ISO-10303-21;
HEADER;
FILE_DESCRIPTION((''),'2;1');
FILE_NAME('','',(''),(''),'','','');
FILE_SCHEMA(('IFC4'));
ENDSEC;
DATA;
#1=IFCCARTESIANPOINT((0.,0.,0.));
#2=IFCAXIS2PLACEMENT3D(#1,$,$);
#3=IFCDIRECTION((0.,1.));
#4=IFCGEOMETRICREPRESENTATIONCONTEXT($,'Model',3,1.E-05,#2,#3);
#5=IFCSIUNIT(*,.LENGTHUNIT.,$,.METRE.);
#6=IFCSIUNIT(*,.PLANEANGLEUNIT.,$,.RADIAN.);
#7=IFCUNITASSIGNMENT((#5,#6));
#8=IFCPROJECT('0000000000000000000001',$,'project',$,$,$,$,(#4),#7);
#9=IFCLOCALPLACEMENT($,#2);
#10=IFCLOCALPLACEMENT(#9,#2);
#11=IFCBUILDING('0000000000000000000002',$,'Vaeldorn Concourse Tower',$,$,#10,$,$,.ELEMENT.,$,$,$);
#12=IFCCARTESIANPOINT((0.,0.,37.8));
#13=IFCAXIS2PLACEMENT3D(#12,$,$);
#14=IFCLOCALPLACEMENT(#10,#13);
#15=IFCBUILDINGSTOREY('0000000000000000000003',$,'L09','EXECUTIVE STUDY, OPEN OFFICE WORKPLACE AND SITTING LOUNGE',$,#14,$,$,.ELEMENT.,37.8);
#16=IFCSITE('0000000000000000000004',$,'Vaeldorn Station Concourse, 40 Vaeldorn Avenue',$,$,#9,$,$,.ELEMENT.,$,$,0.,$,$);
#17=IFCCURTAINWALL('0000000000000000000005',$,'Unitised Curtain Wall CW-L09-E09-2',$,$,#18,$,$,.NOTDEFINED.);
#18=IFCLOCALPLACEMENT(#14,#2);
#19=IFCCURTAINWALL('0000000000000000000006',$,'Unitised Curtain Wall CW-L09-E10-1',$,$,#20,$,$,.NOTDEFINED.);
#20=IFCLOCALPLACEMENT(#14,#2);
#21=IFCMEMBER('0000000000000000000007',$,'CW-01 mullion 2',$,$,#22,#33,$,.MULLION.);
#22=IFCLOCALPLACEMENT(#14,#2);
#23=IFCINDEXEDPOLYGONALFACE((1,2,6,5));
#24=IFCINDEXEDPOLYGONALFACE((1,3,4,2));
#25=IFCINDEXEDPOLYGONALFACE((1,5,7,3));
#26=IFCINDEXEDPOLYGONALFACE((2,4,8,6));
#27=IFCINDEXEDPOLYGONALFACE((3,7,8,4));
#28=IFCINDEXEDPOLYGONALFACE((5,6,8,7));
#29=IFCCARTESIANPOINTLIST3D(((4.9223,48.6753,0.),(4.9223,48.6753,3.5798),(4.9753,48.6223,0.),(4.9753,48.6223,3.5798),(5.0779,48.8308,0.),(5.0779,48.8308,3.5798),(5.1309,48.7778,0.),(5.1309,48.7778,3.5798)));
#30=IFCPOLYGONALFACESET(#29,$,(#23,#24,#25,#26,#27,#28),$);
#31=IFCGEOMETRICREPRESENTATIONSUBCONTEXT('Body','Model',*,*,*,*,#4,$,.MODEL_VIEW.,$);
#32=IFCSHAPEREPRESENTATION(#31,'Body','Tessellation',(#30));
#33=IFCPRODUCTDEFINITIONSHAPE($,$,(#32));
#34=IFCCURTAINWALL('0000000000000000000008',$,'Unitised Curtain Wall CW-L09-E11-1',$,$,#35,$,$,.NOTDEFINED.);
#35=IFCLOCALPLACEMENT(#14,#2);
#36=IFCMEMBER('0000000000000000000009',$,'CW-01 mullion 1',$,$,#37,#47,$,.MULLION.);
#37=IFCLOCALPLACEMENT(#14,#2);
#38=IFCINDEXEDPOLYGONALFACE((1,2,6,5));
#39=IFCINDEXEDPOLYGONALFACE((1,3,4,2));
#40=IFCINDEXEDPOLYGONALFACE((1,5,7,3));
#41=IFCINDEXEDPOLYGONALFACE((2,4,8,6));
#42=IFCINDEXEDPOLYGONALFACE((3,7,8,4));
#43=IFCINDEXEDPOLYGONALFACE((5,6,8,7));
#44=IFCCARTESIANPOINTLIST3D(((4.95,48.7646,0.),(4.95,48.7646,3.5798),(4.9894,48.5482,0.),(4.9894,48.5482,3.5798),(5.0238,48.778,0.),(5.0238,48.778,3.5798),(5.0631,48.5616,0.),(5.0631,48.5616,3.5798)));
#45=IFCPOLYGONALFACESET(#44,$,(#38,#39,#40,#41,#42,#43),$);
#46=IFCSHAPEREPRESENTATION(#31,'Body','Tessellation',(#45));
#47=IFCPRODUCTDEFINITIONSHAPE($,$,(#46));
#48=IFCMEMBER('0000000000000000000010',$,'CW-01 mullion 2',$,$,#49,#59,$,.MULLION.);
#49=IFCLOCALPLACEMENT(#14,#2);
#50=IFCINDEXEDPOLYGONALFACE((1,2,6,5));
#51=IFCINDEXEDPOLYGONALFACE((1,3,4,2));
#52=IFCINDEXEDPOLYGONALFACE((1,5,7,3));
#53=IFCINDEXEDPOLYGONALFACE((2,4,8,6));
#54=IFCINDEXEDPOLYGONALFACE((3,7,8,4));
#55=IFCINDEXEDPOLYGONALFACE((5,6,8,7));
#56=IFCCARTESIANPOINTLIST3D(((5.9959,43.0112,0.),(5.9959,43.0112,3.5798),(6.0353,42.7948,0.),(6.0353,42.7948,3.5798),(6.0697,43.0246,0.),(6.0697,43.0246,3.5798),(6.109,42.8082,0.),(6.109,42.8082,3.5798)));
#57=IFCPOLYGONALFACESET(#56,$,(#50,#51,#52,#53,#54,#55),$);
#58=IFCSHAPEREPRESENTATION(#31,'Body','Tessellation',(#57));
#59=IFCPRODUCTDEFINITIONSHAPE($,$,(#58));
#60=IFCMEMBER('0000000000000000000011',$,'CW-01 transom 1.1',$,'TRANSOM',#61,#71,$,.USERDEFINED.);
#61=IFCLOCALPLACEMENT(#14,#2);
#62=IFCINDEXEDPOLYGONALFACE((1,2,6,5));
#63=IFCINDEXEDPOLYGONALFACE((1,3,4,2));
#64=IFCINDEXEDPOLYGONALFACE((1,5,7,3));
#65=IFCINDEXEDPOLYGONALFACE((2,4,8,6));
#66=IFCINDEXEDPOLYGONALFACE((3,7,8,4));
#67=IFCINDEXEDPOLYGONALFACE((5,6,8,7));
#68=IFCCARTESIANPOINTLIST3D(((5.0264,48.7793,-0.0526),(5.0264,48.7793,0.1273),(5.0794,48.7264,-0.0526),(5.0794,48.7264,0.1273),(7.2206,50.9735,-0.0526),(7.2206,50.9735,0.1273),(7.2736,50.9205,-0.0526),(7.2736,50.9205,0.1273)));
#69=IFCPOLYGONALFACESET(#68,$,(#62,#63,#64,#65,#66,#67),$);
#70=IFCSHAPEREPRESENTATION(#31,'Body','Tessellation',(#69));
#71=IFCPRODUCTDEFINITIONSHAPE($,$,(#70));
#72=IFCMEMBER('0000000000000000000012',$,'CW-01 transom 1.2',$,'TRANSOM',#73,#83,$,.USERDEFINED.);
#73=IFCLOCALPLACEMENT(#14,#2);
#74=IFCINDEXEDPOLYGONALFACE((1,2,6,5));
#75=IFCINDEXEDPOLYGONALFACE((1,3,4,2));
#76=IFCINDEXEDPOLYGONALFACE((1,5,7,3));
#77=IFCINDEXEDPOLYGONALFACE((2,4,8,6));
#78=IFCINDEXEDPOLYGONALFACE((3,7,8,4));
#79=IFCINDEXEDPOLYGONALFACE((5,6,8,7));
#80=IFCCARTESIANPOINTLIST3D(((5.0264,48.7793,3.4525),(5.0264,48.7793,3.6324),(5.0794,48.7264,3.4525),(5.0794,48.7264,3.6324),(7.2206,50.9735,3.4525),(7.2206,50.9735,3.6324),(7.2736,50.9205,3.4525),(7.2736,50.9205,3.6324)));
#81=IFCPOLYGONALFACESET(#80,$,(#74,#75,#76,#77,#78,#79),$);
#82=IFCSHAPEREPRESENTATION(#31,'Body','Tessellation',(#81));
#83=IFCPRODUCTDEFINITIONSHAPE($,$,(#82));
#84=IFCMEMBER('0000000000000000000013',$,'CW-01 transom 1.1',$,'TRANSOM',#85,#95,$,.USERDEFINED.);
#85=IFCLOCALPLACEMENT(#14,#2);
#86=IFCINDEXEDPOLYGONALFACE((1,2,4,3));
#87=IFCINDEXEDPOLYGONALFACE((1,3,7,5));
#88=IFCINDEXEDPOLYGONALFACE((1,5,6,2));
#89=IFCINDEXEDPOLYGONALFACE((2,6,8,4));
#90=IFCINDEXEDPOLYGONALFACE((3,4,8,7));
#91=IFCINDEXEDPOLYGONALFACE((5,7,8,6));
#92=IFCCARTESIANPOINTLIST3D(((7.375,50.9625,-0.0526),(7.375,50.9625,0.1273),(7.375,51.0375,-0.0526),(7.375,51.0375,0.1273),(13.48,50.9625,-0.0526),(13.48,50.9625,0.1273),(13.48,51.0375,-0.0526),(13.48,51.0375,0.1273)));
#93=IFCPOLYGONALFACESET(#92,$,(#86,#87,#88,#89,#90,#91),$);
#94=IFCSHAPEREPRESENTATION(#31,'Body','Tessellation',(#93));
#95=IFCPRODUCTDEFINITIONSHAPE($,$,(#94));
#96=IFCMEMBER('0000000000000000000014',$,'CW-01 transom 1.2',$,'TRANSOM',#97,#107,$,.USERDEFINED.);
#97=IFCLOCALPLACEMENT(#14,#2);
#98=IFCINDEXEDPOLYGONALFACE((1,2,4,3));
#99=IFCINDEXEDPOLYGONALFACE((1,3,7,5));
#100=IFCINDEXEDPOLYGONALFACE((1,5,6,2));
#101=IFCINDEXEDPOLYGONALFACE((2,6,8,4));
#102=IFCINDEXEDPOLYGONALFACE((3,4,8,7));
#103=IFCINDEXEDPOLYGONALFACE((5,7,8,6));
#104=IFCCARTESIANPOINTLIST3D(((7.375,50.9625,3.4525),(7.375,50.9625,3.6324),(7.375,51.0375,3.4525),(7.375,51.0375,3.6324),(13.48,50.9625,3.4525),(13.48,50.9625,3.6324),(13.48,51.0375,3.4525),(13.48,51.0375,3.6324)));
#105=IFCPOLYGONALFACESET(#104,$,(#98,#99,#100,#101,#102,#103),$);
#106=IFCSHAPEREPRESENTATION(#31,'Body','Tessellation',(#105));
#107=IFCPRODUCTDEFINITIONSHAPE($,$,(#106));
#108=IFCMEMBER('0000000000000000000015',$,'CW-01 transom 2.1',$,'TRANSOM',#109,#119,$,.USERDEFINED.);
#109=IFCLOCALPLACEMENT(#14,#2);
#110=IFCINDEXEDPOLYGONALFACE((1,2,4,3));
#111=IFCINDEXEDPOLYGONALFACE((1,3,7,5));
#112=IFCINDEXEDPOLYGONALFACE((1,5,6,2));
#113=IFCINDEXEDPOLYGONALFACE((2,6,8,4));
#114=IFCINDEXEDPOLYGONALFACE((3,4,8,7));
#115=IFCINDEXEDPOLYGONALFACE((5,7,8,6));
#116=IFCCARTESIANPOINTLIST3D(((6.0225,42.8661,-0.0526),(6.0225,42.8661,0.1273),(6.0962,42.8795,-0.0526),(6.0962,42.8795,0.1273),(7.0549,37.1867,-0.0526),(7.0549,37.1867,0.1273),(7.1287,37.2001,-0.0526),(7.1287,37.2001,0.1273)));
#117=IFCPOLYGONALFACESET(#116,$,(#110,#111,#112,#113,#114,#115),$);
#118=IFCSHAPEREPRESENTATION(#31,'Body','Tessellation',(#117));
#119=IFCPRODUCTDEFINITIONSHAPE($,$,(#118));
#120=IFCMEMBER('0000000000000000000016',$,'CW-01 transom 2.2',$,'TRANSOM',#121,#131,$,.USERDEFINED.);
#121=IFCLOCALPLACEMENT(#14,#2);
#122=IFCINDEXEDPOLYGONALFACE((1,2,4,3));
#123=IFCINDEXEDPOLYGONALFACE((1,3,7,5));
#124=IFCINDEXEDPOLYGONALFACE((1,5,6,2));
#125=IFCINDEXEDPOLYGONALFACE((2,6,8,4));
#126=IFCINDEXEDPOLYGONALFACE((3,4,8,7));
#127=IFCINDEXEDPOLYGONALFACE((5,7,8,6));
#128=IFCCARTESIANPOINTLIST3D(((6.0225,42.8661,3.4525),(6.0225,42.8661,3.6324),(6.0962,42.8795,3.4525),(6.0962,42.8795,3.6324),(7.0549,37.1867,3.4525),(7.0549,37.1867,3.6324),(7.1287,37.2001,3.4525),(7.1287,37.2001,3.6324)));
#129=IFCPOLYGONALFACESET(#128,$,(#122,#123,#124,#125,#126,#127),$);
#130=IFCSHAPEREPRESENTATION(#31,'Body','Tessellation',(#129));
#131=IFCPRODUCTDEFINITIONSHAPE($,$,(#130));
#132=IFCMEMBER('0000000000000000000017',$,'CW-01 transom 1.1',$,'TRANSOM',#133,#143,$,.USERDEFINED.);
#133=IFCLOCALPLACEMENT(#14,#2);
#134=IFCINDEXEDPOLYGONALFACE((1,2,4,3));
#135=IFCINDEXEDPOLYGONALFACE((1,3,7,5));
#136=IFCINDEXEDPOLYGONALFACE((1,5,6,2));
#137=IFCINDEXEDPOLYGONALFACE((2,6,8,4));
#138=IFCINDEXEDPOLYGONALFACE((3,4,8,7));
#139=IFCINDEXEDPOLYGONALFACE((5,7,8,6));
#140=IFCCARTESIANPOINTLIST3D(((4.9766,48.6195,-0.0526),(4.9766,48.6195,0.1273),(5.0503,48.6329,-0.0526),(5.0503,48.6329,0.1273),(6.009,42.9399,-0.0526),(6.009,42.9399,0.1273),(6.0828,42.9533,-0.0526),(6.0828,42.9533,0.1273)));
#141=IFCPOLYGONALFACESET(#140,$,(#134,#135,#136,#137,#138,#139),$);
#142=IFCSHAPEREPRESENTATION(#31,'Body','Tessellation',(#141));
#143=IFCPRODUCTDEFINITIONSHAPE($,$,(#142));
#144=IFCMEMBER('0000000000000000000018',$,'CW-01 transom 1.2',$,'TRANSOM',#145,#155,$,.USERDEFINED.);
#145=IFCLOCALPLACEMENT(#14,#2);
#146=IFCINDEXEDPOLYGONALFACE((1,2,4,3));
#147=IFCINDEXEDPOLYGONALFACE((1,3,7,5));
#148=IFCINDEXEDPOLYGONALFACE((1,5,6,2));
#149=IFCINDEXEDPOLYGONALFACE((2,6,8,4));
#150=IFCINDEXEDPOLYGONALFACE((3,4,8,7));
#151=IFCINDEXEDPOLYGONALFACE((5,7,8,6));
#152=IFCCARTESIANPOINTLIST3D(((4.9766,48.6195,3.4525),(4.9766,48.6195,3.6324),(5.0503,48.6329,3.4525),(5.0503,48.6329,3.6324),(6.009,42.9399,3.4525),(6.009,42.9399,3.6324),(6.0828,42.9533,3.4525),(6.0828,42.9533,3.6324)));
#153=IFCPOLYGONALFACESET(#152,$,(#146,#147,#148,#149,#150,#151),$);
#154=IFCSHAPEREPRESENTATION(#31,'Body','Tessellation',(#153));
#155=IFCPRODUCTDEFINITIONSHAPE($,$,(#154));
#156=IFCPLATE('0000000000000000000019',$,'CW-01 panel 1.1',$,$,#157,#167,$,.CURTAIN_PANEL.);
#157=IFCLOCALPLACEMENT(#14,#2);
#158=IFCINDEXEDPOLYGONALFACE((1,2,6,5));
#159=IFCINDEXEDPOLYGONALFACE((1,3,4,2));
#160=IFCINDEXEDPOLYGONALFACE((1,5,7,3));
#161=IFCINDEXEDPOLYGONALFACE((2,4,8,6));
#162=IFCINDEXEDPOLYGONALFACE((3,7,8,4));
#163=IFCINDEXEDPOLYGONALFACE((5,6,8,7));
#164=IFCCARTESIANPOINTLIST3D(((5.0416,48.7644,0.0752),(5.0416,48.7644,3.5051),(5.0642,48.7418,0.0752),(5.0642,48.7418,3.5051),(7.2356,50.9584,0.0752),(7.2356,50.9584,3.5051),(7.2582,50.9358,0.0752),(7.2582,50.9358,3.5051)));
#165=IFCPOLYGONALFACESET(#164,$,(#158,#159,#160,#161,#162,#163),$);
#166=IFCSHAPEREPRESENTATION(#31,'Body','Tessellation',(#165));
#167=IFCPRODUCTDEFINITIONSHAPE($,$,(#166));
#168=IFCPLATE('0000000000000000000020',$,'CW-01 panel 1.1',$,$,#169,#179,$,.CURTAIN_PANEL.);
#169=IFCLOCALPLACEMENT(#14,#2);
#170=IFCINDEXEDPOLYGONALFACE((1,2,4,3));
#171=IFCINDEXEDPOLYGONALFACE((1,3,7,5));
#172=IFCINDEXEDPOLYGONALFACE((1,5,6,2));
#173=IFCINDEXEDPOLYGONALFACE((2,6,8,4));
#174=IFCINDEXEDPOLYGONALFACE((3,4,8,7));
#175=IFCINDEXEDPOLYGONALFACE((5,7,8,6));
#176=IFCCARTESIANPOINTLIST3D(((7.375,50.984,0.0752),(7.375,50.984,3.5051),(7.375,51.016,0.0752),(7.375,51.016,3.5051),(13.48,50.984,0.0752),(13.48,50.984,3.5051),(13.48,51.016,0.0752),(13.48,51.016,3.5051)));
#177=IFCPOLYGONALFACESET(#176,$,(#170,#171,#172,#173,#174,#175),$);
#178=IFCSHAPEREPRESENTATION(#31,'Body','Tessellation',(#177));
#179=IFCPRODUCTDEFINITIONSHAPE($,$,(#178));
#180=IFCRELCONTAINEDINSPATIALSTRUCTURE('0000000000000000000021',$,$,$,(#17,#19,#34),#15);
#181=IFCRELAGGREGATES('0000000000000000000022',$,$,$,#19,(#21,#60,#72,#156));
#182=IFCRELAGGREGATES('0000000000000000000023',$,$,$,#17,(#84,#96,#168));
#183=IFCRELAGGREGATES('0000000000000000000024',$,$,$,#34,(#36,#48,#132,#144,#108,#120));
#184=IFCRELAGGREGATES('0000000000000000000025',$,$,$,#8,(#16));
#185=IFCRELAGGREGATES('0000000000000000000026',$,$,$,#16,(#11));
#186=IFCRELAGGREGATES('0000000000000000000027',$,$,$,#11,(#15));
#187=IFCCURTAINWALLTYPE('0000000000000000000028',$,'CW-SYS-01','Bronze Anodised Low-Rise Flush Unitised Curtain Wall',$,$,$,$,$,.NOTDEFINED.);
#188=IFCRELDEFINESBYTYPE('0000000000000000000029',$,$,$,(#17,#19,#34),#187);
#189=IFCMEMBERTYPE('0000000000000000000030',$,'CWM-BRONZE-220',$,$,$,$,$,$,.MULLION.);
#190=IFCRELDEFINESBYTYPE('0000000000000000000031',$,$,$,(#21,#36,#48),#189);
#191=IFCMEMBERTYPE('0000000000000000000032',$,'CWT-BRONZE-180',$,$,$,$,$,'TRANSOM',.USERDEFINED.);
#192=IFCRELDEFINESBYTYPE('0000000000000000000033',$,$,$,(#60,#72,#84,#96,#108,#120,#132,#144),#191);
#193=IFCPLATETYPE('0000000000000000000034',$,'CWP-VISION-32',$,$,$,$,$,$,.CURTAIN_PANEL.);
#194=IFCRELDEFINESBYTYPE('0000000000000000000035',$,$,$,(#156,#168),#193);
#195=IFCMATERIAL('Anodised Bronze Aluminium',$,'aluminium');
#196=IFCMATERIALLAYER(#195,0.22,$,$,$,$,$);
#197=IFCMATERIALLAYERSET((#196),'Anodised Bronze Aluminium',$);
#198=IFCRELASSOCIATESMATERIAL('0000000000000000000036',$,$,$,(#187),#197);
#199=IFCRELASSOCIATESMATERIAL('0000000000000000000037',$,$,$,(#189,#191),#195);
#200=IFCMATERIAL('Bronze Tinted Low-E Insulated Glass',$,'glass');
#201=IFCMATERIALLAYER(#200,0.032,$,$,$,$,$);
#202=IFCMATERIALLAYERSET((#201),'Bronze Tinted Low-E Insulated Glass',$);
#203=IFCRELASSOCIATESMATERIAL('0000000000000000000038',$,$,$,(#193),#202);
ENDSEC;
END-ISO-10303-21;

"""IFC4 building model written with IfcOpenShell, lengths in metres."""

from ifc_helpers import new_model, si_unit, direction, frame, origin, origin_2d, place, context, subcontext, project, spatial, rectangle, extrude, source, transform, mapped, material, layer, layer_set, material_profile, profile_set, type_object, element, aggregate, save


model = new_model("IFC4")

# Units and contexts
model_context = context("Model", 3, precision=1e-05, world=origin(), true_north=direction((0.0, 1.0)))
body_context = subcontext(model_context, "Body", "Model", "MODEL_VIEW")
ifc_project = project(units=[si_unit("LENGTHUNIT", "METRE"), si_unit("PLANEANGLEUNIT", "RADIAN")], contexts=[model_context])

# Site, building, storey
site_placement = place(None, origin())
site = spatial("IfcSite", under=ifc_project, at=site_placement, Name="Vaeldorn Station Concourse, 40 Vaeldorn Avenue", CompositionType="ELEMENT", RefElevation=0.0)
building_placement = place(site_placement, origin())
building = spatial("IfcBuilding", under=site, at=building_placement, Name="Vaeldorn Concourse Tower", CompositionType="ELEMENT")
storey_placement = place(building_placement, frame((0.0, 0.0, 37.8)))
storey = spatial("IfcBuildingStorey", under=building, at=storey_placement, Name="L09", Description="EXECUTIVE STUDY, OPEN OFFICE WORKPLACE AND SITTING LOUNGE", CompositionType="ELEMENT", Elevation=37.8)

# Curtain walls, members
ifc_material_1 = material(Name="Anodised Bronze Aluminium", Category="aluminium")
ifc_layer_1 = layer(ifc_material_1, 0.22)
ifc_layer_set_1 = layer_set([ifc_layer_1], Name="Anodised Bronze Aluminium")
curtain_wall_type = type_object("IfcCurtainWallType", Name="CW-SYS-01", Description="Bronze Anodised Low-Rise Flush Unitised Curtain Wall", PredefinedType="NOTDEFINED", material=ifc_layer_set_1)
curtain_wall_1_placement = place(storey_placement, origin())
curtain_wall_1 = element("IfcCurtainWall", 1, at=curtain_wall_1_placement, inside=storey, type_object=curtain_wall_type, Name="Unitised Curtain Wall CW-L09-E09-2", PredefinedType="NOTDEFINED")
ifc_material_profile_1 = material_profile(ifc_material_1, rectangle(XDim=0.075, YDim=0.22, at=origin_2d()), Name="CWM 75x220")
ifc_profile_set_1 = profile_set([ifc_material_profile_1], Name="Anodised Bronze Aluminium")
member_type_1 = type_object("IfcMemberType", Name="CWM-BRONZE-220", PredefinedType="MULLION", material=ifc_profile_set_1)
shared_shape_1 = source(origin(), body_context, "Body", "SweptSolid", [
    extrude(rectangle(XDim=0.075, YDim=0.22, at=origin_2d()), origin(), (0.0, 0.0, 1.0), 3.5798),
])
curtain_wall_2_placement = place(storey_placement, origin())
curtain_wall_2 = element("IfcCurtainWall", 2, at=curtain_wall_2_placement, inside=storey, type_object=curtain_wall_type, Name="Unitised Curtain Wall CW-L09-E10-1", PredefinedType="NOTDEFINED")
member_1_placement = place(storey_placement, frame((5.0266, 48.7266, 0.0), z_axis=(0.0, 0.0, 1.0), x_axis=(0.707107, -0.707107, 0.0)))
member_1 = element("IfcMember", 3, at=member_1_placement, type_object=member_type_1, Name="CW-01 mullion 2", PredefinedType="MULLION", context=body_context, shape_type="MappedRepresentation", body=[
    mapped(shared_shape_1, transform((0.0, 0.0, 0.0), scale=1.0)),
])
curtain_wall_3_placement = place(storey_placement, origin())
curtain_wall_3 = element("IfcCurtainWall", 4, at=curtain_wall_3_placement, inside=storey, type_object=curtain_wall_type, Name="Unitised Curtain Wall CW-L09-E11-1", PredefinedType="NOTDEFINED")
member_2_placement = place(storey_placement, frame((5.0066, 48.6631, 0.0), z_axis=(0.0, 0.0, 1.0), x_axis=(0.983875, 0.178857, 0.0)))
member_2 = element("IfcMember", 5, at=member_2_placement, type_object=member_type_1, Name="CW-01 mullion 1", PredefinedType="MULLION", context=body_context, shape_type="MappedRepresentation", body=[
    mapped(shared_shape_1, transform((0.0, 0.0, 0.0), scale=1.0)),
])
member_3_placement = place(storey_placement, frame((6.0525, 42.9097, 0.0), z_axis=(0.0, 0.0, 1.0), x_axis=(0.983875, 0.178857, 0.0)))
member_3 = element("IfcMember", 6, at=member_3_placement, type_object=member_type_1, Name="CW-01 mullion 2", PredefinedType="MULLION", context=body_context, shape_type="MappedRepresentation", body=[
    mapped(shared_shape_1, transform((0.0, 0.0, 0.0), scale=1.0)),
])

# Members
ifc_material_profile_2 = material_profile(ifc_material_1, rectangle(XDim=0.075, YDim=0.1799, at=origin_2d()), Name="CWT 75x180")
ifc_profile_set_2 = profile_set([ifc_material_profile_2], Name="Anodised Bronze Aluminium")
member_type_2 = type_object("IfcMemberType", Name="CWT-BRONZE-180", ElementType="TRANSOM", PredefinedType="USERDEFINED", material=ifc_profile_set_2)
shared_shape_2 = source(origin(), body_context, "Body", "SweptSolid", [
    extrude(rectangle(XDim=0.075, YDim=0.1799, at=origin_2d()), origin(), (0.0, 0.0, 1.0), 3.103),
])
member_4_placement = place(storey_placement, frame((7.2471, 50.947, 0.0374), z_axis=(-0.707107, -0.707107, 0.0), x_axis=(0.707107, -0.707107, 0.0)))
member_4 = element("IfcMember", 7, at=member_4_placement, type_object=member_type_2, Name="CW-01 transom 1.1", ObjectType="TRANSOM", PredefinedType="USERDEFINED", context=body_context, shape_type="MappedRepresentation", body=[
    mapped(shared_shape_2, transform((0.0, 0.0, 0.0), scale=1.0)),
])
member_5_placement = place(storey_placement, frame((7.2471, 50.947, 3.5425), z_axis=(-0.707107, -0.707107, 0.0), x_axis=(0.707107, -0.707107, 0.0)))
member_5 = element("IfcMember", 8, at=member_5_placement, type_object=member_type_2, Name="CW-01 transom 1.2", ObjectType="TRANSOM", PredefinedType="USERDEFINED", context=body_context, shape_type="MappedRepresentation", body=[
    mapped(shared_shape_2, transform((0.0, 0.0, 0.0), scale=1.0)),
])
shared_shape_3 = source(origin(), body_context, "Body", "SweptSolid", [
    extrude(rectangle(XDim=0.075, YDim=0.1799, at=origin_2d()), origin(), (0.0, 0.0, 1.0), 6.105),
])
member_6_placement = place(storey_placement, frame((13.48, 51.0, 0.0374), z_axis=(-1.0, 0.0, 0.0), x_axis=(0.0, -1.0, 0.0)))
member_6 = element("IfcMember", 9, at=member_6_placement, type_object=member_type_2, Name="CW-01 transom 1.1", ObjectType="TRANSOM", PredefinedType="USERDEFINED", context=body_context, shape_type="MappedRepresentation", body=[
    mapped(shared_shape_3, transform((0.0, 0.0, 0.0), scale=1.0)),
])
member_7_placement = place(storey_placement, frame((13.48, 51.0, 3.5425), z_axis=(-1.0, 0.0, 0.0), x_axis=(0.0, -1.0, 0.0)))
member_7 = element("IfcMember", 10, at=member_7_placement, type_object=member_type_2, Name="CW-01 transom 1.2", ObjectType="TRANSOM", PredefinedType="USERDEFINED", context=body_context, shape_type="MappedRepresentation", body=[
    mapped(shared_shape_3, transform((0.0, 0.0, 0.0), scale=1.0)),
])
shared_shape_4 = source(origin(), body_context, "Body", "SweptSolid", [
    extrude(rectangle(XDim=0.075, YDim=0.1799, at=origin_2d()), origin(), (0.0, 0.0, 1.0), 5.7725),
])
member_8_placement = place(storey_placement, frame((6.0593, 42.8728, 0.0374), z_axis=(0.178859, -0.983875, 0.0), x_axis=(0.983875, 0.178859, 0.0)))
member_8 = element("IfcMember", 11, at=member_8_placement, type_object=member_type_2, Name="CW-01 transom 2.1", ObjectType="TRANSOM", PredefinedType="USERDEFINED", context=body_context, shape_type="MappedRepresentation", body=[
    mapped(shared_shape_4, transform((0.0, 0.0, 0.0), scale=1.0)),
])
member_9_placement = place(storey_placement, frame((6.0593, 42.8728, 3.5425), z_axis=(0.178859, -0.983875, 0.0), x_axis=(0.983875, 0.178859, 0.0)))
member_9 = element("IfcMember", 12, at=member_9_placement, type_object=member_type_2, Name="CW-01 transom 2.2", ObjectType="TRANSOM", PredefinedType="USERDEFINED", context=body_context, shape_type="MappedRepresentation", body=[
    mapped(shared_shape_4, transform((0.0, 0.0, 0.0), scale=1.0)),
])
shared_shape_5 = source(origin(), body_context, "Body", "SweptSolid", [
    extrude(rectangle(XDim=0.075, YDim=0.1799, at=origin_2d()), origin(), (0.0, 0.0, 1.0), 5.7727),
])
member_10_placement = place(storey_placement, frame((5.0134, 48.6262, 0.0374), z_axis=(0.178852, -0.983876, 0.0), x_axis=(0.983876, 0.178852, 0.0)))
member_10 = element("IfcMember", 13, at=member_10_placement, type_object=member_type_2, Name="CW-01 transom 1.1", ObjectType="TRANSOM", PredefinedType="USERDEFINED", context=body_context, shape_type="MappedRepresentation", body=[
    mapped(shared_shape_5, transform((0.0, 0.0, 0.0), scale=1.0)),
])
member_11_placement = place(storey_placement, frame((5.0134, 48.6262, 3.5425), z_axis=(0.178852, -0.983876, 0.0), x_axis=(0.983876, 0.178852, 0.0)))
member_11 = element("IfcMember", 14, at=member_11_placement, type_object=member_type_2, Name="CW-01 transom 1.2", ObjectType="TRANSOM", PredefinedType="USERDEFINED", context=body_context, shape_type="MappedRepresentation", body=[
    mapped(shared_shape_5, transform((0.0, 0.0, 0.0), scale=1.0)),
])

# Plates
ifc_material_2 = material(Name="Bronze Tinted Low-E Insulated Glass", Category="glass")
ifc_layer_2 = layer(ifc_material_2, 0.032)
ifc_layer_set_2 = layer_set([ifc_layer_2], Name="Bronze Tinted Low-E Insulated Glass")
plate_type = type_object("IfcPlateType", Name="CWP-VISION-32", PredefinedType="CURTAIN_PANEL", material=ifc_layer_set_2)
shared_shape_6 = source(origin(), body_context, "Body", "SweptSolid", [
    extrude(rectangle(XDim=3.1028, YDim=0.032, at=origin_2d()), origin(), (0.0, 0.0, 1.0), 3.4299),
])
plate_1_placement = place(storey_placement, frame((6.1499, 49.8501, 0.0752), z_axis=(0.0, 0.0, 1.0), x_axis=(-0.707107, -0.707107, 0.0)))
plate_1 = element("IfcPlate", 15, at=plate_1_placement, type_object=plate_type, Name="CW-01 panel 1.1", PredefinedType="CURTAIN_PANEL", context=body_context, shape_type="MappedRepresentation", body=[
    mapped(shared_shape_6, transform((0.0, 0.0, 0.0), scale=1.0)),
])
aggregate(curtain_wall_2, [member_1, member_4, member_5, plate_1])
shared_shape_7 = source(origin(), body_context, "Body", "SweptSolid", [
    extrude(rectangle(XDim=6.105, YDim=0.032, at=origin_2d()), origin(), (0.0, 0.0, 1.0), 3.4299),
])
plate_2_placement = place(storey_placement, frame((10.4275, 51.0, 0.0752), z_axis=(0.0, 0.0, 1.0), x_axis=(-1.0, 0.0, 0.0)))
plate_2 = element("IfcPlate", 16, at=plate_2_placement, type_object=plate_type, Name="CW-01 panel 1.1", PredefinedType="CURTAIN_PANEL", context=body_context, shape_type="MappedRepresentation", body=[
    mapped(shared_shape_7, transform((0.0, 0.0, 0.0), scale=1.0)),
])
aggregate(curtain_wall_1, [member_6, member_7, plate_2])
aggregate(curtain_wall_3, [member_2, member_3, member_10, member_11, member_8, member_9])

save(model, "model.ifc")
